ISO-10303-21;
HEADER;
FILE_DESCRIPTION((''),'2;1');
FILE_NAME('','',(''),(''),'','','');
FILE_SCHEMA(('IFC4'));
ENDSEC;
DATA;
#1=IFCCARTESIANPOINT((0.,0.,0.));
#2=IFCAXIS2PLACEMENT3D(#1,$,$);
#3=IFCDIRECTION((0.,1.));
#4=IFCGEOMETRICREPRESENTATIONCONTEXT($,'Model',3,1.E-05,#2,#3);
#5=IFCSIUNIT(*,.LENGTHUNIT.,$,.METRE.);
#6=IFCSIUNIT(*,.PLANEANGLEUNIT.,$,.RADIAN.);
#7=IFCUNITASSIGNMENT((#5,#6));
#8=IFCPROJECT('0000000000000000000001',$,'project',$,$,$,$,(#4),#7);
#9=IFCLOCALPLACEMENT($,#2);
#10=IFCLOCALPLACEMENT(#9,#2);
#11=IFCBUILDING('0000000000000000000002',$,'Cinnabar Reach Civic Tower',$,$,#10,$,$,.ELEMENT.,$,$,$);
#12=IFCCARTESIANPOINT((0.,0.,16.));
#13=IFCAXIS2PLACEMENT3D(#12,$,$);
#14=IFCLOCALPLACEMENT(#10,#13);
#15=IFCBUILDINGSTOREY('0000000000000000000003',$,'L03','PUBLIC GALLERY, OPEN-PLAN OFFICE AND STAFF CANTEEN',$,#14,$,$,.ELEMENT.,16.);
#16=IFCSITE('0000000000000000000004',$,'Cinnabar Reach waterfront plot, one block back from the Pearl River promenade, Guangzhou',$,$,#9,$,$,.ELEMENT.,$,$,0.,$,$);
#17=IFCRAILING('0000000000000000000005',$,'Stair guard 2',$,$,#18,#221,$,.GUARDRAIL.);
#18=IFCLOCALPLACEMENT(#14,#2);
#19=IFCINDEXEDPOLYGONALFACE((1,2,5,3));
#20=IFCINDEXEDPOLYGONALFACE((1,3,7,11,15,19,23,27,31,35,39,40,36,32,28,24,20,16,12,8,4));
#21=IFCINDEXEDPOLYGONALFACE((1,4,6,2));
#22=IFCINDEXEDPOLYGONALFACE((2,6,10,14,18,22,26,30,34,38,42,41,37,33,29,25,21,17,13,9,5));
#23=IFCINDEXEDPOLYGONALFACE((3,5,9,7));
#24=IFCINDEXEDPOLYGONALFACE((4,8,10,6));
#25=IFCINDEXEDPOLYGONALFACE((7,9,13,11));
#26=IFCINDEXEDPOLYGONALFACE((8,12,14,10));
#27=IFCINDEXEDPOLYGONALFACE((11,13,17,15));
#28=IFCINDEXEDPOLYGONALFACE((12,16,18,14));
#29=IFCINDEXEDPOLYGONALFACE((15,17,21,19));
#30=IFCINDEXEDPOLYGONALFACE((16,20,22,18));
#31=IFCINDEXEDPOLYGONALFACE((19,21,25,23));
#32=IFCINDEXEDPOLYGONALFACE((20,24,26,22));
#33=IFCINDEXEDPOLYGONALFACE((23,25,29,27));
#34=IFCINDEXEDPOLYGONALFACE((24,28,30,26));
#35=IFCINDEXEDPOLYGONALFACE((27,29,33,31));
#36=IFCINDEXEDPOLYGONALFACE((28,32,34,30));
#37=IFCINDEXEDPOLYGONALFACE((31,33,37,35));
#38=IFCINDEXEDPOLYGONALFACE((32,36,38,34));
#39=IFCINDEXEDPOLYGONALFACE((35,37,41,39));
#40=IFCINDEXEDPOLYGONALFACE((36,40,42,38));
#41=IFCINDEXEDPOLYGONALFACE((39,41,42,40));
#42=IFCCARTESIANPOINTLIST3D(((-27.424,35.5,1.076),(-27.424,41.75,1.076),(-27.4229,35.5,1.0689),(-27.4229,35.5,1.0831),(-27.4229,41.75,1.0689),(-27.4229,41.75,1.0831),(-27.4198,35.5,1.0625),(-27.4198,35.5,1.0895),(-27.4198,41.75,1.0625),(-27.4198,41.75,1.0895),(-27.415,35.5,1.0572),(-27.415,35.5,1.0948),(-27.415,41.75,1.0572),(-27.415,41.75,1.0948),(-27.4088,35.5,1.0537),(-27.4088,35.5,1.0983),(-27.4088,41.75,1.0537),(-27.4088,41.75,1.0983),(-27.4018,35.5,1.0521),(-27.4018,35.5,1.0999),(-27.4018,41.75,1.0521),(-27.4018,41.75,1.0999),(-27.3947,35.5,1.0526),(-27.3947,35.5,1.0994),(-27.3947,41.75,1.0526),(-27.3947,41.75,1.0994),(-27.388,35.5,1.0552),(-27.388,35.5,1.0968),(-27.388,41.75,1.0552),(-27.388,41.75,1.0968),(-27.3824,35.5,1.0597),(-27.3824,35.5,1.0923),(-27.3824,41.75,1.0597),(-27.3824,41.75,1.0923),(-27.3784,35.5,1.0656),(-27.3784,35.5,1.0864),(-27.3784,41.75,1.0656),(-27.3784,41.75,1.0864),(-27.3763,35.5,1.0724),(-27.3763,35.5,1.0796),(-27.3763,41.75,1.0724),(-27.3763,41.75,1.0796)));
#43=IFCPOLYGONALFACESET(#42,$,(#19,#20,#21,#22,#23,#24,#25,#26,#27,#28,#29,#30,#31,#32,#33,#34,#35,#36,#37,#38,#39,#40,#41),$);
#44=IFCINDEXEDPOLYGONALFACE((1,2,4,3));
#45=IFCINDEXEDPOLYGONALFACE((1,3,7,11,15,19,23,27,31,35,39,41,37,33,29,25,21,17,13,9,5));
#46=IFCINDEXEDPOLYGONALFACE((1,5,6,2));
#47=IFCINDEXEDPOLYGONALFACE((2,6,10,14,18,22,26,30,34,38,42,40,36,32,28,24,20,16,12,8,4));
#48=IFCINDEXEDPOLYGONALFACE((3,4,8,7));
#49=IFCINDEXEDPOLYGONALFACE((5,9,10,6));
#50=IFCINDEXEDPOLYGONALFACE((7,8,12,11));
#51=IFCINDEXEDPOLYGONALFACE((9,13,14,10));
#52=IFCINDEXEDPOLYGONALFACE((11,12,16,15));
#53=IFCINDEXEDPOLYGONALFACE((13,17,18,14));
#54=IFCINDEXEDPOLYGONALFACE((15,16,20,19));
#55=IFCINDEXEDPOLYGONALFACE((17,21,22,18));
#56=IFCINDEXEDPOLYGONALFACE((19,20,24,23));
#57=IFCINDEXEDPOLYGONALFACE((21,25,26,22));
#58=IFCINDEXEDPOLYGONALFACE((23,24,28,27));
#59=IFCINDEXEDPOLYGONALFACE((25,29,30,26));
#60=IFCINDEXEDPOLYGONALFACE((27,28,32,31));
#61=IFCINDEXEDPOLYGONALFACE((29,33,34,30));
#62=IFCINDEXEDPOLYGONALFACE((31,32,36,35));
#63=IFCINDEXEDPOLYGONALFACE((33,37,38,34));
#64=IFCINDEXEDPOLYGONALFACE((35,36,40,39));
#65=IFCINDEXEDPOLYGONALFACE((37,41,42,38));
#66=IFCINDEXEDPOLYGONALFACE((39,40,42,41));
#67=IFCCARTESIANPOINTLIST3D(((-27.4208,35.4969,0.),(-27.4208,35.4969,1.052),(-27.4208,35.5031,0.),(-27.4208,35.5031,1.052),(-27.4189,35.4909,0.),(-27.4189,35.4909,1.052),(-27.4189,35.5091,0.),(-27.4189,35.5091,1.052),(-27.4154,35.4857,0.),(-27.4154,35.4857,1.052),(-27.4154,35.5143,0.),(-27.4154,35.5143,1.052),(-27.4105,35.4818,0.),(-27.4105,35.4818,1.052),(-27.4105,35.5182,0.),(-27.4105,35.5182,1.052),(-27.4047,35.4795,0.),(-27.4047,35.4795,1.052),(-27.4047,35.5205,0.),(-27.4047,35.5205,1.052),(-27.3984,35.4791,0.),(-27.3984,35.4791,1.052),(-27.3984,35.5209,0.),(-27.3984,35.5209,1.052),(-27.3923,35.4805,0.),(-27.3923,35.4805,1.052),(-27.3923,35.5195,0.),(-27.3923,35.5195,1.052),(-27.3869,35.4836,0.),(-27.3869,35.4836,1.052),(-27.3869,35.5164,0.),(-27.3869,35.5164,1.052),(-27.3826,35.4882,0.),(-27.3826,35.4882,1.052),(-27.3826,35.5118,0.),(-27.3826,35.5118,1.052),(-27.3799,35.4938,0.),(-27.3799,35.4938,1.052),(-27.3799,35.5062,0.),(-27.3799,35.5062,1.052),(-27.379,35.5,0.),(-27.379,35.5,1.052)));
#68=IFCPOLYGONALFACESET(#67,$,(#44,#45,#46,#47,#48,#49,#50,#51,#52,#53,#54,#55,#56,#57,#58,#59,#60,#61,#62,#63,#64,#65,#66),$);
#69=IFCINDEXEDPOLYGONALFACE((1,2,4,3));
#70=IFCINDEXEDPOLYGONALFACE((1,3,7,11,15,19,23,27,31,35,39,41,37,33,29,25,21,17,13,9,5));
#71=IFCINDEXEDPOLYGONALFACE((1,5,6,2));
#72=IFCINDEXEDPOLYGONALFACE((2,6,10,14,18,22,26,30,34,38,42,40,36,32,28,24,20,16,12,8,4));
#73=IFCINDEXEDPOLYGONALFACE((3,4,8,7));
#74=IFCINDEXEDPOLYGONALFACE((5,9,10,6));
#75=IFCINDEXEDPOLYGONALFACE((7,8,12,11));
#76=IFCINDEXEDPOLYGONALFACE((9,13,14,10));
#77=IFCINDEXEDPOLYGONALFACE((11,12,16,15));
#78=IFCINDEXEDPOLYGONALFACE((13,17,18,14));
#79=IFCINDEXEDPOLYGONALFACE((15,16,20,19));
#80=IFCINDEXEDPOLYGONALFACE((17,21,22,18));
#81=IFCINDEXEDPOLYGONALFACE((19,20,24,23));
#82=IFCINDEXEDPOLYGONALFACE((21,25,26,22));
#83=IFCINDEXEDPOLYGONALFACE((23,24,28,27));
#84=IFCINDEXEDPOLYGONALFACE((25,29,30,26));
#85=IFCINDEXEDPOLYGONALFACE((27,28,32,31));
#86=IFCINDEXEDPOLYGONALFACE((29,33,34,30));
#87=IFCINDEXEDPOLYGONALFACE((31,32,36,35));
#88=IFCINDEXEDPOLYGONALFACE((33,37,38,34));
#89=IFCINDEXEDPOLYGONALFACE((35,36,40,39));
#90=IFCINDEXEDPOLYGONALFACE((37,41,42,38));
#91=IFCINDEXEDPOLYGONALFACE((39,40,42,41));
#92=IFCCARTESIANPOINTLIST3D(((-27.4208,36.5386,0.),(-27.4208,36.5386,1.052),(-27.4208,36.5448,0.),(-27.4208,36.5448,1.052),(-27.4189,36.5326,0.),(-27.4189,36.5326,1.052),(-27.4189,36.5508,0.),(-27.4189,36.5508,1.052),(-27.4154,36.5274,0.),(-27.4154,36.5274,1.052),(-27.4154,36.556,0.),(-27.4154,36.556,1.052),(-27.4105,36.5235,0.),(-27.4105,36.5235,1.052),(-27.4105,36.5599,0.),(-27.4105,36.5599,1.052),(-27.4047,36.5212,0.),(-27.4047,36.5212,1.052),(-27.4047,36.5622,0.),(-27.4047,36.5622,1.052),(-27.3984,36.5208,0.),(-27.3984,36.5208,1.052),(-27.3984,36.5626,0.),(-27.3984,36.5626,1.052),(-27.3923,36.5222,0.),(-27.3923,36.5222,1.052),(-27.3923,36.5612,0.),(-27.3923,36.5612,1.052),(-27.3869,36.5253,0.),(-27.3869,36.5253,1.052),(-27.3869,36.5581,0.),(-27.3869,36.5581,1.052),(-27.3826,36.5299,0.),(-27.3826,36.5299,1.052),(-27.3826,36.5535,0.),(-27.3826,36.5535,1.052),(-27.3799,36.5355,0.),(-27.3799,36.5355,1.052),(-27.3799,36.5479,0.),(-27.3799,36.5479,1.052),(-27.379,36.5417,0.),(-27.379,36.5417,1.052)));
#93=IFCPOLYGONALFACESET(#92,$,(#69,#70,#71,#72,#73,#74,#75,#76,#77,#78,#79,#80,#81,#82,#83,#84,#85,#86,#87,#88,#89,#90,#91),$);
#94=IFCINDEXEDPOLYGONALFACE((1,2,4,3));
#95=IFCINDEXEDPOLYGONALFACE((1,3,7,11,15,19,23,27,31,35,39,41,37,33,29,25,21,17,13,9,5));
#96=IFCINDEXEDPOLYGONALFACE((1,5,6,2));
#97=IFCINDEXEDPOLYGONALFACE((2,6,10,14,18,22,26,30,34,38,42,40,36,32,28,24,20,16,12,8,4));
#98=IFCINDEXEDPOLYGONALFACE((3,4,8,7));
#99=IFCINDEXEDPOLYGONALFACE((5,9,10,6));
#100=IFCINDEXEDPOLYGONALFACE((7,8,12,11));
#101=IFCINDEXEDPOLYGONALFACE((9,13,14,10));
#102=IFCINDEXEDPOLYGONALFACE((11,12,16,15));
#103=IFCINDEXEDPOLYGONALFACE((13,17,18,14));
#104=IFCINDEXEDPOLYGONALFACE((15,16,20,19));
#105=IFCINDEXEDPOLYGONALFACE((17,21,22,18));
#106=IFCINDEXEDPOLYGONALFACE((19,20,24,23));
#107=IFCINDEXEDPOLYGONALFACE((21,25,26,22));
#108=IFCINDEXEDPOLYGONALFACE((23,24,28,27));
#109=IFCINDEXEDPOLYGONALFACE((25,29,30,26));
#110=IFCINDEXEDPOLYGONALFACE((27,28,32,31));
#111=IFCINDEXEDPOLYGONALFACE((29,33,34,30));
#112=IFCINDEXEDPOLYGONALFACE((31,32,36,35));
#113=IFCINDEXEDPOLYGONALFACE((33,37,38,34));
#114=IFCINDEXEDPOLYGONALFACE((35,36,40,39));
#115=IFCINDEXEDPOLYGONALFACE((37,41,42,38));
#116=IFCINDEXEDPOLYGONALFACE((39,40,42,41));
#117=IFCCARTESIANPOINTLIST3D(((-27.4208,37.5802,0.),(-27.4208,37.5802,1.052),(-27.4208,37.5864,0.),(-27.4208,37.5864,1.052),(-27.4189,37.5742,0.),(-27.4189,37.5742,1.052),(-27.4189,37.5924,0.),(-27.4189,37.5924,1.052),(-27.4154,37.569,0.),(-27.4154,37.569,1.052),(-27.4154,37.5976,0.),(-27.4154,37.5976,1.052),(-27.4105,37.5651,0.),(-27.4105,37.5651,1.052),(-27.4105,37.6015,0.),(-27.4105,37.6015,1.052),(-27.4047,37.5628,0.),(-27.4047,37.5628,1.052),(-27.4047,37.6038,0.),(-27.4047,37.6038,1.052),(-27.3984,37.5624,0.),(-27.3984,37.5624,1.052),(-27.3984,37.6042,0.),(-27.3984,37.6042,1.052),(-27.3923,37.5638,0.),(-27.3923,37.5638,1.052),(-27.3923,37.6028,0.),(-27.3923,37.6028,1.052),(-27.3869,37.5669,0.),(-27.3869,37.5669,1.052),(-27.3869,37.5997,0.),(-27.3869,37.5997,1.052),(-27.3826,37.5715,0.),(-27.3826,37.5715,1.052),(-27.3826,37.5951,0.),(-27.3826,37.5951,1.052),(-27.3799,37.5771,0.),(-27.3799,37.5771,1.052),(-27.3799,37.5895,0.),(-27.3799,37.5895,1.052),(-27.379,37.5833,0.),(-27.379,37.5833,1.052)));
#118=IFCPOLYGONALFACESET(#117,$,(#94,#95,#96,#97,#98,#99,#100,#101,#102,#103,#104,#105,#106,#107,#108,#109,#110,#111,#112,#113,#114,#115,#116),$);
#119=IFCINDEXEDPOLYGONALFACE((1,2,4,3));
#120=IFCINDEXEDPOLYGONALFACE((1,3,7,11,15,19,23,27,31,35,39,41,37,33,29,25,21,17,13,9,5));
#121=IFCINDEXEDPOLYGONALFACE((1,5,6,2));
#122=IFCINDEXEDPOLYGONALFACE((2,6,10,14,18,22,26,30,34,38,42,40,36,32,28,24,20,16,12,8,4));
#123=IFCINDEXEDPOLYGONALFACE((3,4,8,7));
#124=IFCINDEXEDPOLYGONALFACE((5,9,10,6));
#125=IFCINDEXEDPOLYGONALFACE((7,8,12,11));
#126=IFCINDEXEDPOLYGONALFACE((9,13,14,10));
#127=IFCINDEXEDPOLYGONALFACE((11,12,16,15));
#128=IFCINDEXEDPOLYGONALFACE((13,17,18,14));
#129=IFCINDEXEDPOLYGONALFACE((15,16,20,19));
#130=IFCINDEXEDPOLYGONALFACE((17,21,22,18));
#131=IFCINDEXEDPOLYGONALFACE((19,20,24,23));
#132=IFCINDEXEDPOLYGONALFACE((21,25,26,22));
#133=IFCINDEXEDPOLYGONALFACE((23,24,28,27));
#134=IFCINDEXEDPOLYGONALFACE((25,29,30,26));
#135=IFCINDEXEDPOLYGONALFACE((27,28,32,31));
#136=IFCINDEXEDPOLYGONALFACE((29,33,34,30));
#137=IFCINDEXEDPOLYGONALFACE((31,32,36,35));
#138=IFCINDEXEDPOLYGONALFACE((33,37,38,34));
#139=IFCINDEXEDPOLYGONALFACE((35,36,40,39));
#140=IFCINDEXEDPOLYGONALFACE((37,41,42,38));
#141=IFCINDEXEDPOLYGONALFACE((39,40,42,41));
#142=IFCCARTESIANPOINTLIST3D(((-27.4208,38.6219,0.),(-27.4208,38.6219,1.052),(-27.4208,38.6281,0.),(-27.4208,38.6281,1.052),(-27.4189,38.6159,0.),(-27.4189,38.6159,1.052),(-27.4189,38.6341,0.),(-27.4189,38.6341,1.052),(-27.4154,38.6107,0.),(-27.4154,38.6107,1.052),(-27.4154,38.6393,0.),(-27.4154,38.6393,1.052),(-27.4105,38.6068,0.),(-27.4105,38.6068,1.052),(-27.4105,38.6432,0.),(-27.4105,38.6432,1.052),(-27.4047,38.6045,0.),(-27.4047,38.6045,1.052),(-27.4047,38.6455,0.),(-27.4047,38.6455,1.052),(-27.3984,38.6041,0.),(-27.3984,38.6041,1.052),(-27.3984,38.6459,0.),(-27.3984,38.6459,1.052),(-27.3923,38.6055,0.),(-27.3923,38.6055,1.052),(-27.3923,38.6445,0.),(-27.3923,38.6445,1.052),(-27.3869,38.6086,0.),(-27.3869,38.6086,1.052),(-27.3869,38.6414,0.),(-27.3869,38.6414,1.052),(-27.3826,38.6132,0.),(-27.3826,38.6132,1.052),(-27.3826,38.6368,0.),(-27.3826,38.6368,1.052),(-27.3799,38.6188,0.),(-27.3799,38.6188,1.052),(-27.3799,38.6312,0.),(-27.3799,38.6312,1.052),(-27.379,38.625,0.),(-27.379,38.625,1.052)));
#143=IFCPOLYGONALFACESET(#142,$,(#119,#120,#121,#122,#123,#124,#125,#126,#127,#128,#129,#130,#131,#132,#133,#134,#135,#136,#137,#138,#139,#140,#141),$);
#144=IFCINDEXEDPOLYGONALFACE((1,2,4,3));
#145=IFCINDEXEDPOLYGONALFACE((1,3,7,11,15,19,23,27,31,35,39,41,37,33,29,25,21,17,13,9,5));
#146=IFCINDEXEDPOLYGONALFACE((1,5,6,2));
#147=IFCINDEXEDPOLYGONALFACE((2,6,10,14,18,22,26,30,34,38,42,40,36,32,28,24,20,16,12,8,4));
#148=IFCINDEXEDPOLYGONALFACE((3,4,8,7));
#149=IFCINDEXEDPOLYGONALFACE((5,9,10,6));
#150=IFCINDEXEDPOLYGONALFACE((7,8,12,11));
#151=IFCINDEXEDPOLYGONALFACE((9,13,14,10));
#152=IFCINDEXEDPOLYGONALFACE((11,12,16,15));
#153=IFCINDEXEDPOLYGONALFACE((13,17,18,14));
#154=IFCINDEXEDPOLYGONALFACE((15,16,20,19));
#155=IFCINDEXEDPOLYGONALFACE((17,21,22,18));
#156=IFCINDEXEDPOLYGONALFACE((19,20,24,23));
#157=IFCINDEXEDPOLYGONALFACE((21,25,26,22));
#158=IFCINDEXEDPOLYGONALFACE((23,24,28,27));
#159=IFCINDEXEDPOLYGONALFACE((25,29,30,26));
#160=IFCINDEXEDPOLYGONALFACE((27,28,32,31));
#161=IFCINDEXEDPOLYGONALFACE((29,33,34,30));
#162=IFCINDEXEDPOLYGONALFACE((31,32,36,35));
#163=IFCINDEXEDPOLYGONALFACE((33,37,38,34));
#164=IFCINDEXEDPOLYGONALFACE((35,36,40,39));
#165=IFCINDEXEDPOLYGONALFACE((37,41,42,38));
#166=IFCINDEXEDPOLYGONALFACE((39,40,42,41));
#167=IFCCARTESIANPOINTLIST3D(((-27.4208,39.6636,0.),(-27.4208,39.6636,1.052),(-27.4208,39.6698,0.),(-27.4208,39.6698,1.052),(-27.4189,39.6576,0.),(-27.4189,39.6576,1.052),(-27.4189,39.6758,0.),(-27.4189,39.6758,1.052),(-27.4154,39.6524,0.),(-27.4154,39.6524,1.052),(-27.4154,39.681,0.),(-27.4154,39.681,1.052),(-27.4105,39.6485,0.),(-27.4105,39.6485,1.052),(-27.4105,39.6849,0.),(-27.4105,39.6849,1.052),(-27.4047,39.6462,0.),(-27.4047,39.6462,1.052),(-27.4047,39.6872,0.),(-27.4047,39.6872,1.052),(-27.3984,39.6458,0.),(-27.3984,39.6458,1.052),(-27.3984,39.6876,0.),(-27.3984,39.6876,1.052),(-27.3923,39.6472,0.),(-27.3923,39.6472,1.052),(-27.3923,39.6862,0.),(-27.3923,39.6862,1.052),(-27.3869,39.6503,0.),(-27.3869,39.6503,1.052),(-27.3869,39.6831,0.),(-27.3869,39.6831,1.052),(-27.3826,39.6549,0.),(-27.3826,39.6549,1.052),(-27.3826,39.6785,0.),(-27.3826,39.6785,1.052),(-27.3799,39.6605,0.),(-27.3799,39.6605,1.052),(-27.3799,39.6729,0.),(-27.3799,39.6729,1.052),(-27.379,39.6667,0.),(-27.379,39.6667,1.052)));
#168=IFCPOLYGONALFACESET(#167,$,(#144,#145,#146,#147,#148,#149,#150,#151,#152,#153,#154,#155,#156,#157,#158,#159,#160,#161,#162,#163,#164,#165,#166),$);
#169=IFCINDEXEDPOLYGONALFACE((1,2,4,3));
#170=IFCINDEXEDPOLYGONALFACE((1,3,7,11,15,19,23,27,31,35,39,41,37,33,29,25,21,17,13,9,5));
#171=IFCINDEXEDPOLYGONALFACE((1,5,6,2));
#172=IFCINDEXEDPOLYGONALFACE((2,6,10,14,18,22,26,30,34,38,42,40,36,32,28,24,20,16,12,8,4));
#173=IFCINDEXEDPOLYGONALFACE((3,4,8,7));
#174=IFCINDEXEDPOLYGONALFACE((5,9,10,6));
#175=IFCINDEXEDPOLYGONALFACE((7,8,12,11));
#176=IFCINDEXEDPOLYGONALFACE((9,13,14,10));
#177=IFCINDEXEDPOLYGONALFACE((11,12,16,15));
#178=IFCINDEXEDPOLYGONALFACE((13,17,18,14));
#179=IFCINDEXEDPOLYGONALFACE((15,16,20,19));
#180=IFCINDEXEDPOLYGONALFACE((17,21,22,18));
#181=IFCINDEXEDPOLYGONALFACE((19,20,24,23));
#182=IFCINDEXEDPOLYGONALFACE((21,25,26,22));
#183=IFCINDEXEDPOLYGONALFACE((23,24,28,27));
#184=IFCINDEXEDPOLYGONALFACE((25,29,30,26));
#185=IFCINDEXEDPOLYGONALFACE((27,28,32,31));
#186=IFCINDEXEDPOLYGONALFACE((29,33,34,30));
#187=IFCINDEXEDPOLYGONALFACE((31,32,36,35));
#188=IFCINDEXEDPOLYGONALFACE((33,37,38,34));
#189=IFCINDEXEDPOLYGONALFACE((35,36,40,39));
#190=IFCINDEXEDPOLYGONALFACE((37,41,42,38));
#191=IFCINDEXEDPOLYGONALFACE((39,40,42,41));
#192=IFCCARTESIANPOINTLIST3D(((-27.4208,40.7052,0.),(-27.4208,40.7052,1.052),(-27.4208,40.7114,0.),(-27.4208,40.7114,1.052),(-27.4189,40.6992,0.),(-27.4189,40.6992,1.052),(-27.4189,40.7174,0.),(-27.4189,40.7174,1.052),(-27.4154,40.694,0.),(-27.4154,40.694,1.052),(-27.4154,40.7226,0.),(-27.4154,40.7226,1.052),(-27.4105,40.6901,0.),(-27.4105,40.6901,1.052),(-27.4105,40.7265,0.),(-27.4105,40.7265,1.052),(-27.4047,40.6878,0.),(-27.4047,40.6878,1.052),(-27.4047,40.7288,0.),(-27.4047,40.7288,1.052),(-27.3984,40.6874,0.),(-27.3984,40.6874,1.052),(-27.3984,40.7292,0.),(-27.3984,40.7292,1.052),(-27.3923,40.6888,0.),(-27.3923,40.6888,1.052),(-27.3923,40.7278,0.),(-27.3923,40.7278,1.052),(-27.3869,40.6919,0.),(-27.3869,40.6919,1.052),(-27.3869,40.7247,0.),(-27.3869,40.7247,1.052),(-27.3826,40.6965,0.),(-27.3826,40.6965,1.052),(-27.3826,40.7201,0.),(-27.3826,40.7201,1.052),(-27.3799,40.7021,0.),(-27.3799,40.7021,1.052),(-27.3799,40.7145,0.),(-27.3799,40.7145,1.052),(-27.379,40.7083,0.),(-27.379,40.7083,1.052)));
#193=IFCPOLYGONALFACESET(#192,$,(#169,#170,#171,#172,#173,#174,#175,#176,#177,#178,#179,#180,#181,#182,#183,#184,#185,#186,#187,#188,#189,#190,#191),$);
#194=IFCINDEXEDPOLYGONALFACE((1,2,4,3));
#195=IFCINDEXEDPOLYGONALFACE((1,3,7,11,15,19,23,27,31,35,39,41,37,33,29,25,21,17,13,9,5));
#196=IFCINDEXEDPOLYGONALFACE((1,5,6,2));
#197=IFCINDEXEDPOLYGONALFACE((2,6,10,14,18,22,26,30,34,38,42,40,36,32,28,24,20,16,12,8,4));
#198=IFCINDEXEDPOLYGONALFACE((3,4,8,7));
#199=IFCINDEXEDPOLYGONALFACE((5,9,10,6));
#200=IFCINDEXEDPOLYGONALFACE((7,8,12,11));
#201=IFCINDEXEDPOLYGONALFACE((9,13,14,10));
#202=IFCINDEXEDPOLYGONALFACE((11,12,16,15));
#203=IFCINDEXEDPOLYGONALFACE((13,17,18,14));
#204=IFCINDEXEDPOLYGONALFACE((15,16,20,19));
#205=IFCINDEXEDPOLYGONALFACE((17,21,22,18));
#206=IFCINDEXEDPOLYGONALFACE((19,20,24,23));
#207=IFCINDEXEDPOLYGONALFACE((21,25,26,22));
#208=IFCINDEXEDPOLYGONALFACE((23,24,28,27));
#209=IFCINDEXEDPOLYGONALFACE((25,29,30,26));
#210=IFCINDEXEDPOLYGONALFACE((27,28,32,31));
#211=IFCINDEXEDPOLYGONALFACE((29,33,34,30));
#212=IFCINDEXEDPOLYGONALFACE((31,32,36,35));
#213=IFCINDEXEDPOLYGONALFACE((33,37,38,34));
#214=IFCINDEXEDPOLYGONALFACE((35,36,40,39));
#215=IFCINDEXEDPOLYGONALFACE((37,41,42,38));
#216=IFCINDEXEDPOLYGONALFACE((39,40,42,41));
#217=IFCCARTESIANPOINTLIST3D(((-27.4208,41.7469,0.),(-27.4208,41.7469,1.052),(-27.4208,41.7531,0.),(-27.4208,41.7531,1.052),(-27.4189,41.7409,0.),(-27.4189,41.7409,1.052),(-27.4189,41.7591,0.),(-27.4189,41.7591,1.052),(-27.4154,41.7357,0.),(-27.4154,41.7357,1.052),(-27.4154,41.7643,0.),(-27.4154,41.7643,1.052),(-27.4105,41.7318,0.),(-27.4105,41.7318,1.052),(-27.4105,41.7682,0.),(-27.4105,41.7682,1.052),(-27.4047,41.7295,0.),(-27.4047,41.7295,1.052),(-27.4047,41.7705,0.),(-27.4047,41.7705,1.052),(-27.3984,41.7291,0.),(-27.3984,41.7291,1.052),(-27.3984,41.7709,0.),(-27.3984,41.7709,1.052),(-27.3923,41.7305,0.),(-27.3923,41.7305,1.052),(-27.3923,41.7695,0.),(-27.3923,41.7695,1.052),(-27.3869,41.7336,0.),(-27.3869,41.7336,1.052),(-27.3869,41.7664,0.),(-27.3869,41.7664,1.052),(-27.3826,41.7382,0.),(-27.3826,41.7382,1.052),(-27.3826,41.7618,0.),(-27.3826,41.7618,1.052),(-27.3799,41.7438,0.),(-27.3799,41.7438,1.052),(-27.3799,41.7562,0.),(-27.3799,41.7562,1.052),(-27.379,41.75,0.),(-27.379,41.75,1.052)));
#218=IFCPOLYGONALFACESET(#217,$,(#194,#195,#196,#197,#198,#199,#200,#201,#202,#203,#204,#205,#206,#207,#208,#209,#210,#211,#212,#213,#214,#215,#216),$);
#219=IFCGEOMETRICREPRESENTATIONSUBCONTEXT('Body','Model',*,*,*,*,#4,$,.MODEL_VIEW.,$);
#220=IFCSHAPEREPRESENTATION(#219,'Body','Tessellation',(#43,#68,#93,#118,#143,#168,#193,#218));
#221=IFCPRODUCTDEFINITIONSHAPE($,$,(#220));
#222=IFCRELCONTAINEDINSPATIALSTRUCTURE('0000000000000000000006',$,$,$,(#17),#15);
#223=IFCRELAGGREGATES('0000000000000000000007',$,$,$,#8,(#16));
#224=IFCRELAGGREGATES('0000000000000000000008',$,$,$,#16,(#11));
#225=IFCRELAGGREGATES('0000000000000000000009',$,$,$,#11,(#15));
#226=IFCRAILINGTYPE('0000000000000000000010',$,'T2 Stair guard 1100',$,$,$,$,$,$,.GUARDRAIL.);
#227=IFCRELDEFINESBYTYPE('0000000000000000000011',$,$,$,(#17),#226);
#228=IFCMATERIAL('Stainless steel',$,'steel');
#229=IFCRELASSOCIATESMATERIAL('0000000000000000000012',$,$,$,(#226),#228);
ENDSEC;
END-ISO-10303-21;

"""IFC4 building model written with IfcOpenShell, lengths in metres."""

from ifc_helpers import new_model, si_unit, direction, frame, origin, origin_2d, place, context, subcontext, project, spatial, circle, extrude, material, type_object, element, save


model = new_model("IFC4")

# Units and contexts
model_context = context("Model", 3, precision=1e-05, world=origin(), true_north=direction((0.0, 1.0)))
body_context = subcontext(model_context, "Body", "Model", "MODEL_VIEW")
ifc_project = project(units=[si_unit("LENGTHUNIT", "METRE"), si_unit("PLANEANGLEUNIT", "RADIAN")], contexts=[model_context])

# Site, building, storey
site_placement = place(None, origin())
site = spatial("IfcSite", under=ifc_project, at=site_placement, Name="Cinnabar Reach waterfront plot, one block back from the Pearl River promenade, Guangzhou", CompositionType="ELEMENT", RefElevation=0.0)
building_placement = place(site_placement, origin())
building = spatial("IfcBuilding", under=site, at=building_placement, Name="Cinnabar Reach Civic Tower", CompositionType="ELEMENT")
storey_placement = place(building_placement, frame((0.0, 0.0, 16.0)))
storey = spatial("IfcBuildingStorey", under=building, at=storey_placement, Name="L03", Description="PUBLIC GALLERY, OPEN-PLAN OFFICE AND STAFF CANTEEN", CompositionType="ELEMENT", Elevation=16.0)

# Railing
ifc_material_1 = material(Name="Stainless steel", Category="steel")
railing_type = type_object("IfcRailingType", Name="T2 Stair guard 1100", PredefinedType="GUARDRAIL", material=ifc_material_1)
for number, where, name in (
    (1, (-27.4, 35.5, 0.0), "Stair guard 2"),
):
    element("IfcRailing", number, at=place(storey_placement, frame(where)), inside=storey, type_object=railing_type, Name=name, PredefinedType="GUARDRAIL", context=body_context, shape_type="SweptSolid", body=[
        extrude(circle(Radius=0.024, at=origin_2d()), frame((0.0, 0.0, 1.076), z_axis=(0.0, 1.0, 0.0), x_axis=(-1.0, 0.0, 0.0)), (0.0, 0.0, 1.0), 6.25),
        extrude(circle(Radius=0.021, at=origin_2d()), origin(), (0.0, 0.0, 1.0), 1.052),
        extrude(circle(Radius=0.021, at=origin_2d()), frame((0.0, 1.0417, 0.0)), (0.0, 0.0, 1.0), 1.052),
        extrude(circle(Radius=0.021, at=origin_2d()), frame((0.0, 2.0833, 0.0)), (0.0, 0.0, 1.0), 1.052),
        extrude(circle(Radius=0.021, at=origin_2d()), frame((0.0, 3.125, 0.0)), (0.0, 0.0, 1.0), 1.052),
        extrude(circle(Radius=0.021, at=origin_2d()), frame((0.0, 4.1667, 0.0)), (0.0, 0.0, 1.0), 1.052),
        extrude(circle(Radius=0.021, at=origin_2d()), frame((0.0, 5.2083, 0.0)), (0.0, 0.0, 1.0), 1.052),
        extrude(circle(Radius=0.021, at=origin_2d()), frame((0.0, 6.25, 0.0)), (0.0, 0.0, 1.0), 1.052),
    ])

save(model, "model.ifc")
